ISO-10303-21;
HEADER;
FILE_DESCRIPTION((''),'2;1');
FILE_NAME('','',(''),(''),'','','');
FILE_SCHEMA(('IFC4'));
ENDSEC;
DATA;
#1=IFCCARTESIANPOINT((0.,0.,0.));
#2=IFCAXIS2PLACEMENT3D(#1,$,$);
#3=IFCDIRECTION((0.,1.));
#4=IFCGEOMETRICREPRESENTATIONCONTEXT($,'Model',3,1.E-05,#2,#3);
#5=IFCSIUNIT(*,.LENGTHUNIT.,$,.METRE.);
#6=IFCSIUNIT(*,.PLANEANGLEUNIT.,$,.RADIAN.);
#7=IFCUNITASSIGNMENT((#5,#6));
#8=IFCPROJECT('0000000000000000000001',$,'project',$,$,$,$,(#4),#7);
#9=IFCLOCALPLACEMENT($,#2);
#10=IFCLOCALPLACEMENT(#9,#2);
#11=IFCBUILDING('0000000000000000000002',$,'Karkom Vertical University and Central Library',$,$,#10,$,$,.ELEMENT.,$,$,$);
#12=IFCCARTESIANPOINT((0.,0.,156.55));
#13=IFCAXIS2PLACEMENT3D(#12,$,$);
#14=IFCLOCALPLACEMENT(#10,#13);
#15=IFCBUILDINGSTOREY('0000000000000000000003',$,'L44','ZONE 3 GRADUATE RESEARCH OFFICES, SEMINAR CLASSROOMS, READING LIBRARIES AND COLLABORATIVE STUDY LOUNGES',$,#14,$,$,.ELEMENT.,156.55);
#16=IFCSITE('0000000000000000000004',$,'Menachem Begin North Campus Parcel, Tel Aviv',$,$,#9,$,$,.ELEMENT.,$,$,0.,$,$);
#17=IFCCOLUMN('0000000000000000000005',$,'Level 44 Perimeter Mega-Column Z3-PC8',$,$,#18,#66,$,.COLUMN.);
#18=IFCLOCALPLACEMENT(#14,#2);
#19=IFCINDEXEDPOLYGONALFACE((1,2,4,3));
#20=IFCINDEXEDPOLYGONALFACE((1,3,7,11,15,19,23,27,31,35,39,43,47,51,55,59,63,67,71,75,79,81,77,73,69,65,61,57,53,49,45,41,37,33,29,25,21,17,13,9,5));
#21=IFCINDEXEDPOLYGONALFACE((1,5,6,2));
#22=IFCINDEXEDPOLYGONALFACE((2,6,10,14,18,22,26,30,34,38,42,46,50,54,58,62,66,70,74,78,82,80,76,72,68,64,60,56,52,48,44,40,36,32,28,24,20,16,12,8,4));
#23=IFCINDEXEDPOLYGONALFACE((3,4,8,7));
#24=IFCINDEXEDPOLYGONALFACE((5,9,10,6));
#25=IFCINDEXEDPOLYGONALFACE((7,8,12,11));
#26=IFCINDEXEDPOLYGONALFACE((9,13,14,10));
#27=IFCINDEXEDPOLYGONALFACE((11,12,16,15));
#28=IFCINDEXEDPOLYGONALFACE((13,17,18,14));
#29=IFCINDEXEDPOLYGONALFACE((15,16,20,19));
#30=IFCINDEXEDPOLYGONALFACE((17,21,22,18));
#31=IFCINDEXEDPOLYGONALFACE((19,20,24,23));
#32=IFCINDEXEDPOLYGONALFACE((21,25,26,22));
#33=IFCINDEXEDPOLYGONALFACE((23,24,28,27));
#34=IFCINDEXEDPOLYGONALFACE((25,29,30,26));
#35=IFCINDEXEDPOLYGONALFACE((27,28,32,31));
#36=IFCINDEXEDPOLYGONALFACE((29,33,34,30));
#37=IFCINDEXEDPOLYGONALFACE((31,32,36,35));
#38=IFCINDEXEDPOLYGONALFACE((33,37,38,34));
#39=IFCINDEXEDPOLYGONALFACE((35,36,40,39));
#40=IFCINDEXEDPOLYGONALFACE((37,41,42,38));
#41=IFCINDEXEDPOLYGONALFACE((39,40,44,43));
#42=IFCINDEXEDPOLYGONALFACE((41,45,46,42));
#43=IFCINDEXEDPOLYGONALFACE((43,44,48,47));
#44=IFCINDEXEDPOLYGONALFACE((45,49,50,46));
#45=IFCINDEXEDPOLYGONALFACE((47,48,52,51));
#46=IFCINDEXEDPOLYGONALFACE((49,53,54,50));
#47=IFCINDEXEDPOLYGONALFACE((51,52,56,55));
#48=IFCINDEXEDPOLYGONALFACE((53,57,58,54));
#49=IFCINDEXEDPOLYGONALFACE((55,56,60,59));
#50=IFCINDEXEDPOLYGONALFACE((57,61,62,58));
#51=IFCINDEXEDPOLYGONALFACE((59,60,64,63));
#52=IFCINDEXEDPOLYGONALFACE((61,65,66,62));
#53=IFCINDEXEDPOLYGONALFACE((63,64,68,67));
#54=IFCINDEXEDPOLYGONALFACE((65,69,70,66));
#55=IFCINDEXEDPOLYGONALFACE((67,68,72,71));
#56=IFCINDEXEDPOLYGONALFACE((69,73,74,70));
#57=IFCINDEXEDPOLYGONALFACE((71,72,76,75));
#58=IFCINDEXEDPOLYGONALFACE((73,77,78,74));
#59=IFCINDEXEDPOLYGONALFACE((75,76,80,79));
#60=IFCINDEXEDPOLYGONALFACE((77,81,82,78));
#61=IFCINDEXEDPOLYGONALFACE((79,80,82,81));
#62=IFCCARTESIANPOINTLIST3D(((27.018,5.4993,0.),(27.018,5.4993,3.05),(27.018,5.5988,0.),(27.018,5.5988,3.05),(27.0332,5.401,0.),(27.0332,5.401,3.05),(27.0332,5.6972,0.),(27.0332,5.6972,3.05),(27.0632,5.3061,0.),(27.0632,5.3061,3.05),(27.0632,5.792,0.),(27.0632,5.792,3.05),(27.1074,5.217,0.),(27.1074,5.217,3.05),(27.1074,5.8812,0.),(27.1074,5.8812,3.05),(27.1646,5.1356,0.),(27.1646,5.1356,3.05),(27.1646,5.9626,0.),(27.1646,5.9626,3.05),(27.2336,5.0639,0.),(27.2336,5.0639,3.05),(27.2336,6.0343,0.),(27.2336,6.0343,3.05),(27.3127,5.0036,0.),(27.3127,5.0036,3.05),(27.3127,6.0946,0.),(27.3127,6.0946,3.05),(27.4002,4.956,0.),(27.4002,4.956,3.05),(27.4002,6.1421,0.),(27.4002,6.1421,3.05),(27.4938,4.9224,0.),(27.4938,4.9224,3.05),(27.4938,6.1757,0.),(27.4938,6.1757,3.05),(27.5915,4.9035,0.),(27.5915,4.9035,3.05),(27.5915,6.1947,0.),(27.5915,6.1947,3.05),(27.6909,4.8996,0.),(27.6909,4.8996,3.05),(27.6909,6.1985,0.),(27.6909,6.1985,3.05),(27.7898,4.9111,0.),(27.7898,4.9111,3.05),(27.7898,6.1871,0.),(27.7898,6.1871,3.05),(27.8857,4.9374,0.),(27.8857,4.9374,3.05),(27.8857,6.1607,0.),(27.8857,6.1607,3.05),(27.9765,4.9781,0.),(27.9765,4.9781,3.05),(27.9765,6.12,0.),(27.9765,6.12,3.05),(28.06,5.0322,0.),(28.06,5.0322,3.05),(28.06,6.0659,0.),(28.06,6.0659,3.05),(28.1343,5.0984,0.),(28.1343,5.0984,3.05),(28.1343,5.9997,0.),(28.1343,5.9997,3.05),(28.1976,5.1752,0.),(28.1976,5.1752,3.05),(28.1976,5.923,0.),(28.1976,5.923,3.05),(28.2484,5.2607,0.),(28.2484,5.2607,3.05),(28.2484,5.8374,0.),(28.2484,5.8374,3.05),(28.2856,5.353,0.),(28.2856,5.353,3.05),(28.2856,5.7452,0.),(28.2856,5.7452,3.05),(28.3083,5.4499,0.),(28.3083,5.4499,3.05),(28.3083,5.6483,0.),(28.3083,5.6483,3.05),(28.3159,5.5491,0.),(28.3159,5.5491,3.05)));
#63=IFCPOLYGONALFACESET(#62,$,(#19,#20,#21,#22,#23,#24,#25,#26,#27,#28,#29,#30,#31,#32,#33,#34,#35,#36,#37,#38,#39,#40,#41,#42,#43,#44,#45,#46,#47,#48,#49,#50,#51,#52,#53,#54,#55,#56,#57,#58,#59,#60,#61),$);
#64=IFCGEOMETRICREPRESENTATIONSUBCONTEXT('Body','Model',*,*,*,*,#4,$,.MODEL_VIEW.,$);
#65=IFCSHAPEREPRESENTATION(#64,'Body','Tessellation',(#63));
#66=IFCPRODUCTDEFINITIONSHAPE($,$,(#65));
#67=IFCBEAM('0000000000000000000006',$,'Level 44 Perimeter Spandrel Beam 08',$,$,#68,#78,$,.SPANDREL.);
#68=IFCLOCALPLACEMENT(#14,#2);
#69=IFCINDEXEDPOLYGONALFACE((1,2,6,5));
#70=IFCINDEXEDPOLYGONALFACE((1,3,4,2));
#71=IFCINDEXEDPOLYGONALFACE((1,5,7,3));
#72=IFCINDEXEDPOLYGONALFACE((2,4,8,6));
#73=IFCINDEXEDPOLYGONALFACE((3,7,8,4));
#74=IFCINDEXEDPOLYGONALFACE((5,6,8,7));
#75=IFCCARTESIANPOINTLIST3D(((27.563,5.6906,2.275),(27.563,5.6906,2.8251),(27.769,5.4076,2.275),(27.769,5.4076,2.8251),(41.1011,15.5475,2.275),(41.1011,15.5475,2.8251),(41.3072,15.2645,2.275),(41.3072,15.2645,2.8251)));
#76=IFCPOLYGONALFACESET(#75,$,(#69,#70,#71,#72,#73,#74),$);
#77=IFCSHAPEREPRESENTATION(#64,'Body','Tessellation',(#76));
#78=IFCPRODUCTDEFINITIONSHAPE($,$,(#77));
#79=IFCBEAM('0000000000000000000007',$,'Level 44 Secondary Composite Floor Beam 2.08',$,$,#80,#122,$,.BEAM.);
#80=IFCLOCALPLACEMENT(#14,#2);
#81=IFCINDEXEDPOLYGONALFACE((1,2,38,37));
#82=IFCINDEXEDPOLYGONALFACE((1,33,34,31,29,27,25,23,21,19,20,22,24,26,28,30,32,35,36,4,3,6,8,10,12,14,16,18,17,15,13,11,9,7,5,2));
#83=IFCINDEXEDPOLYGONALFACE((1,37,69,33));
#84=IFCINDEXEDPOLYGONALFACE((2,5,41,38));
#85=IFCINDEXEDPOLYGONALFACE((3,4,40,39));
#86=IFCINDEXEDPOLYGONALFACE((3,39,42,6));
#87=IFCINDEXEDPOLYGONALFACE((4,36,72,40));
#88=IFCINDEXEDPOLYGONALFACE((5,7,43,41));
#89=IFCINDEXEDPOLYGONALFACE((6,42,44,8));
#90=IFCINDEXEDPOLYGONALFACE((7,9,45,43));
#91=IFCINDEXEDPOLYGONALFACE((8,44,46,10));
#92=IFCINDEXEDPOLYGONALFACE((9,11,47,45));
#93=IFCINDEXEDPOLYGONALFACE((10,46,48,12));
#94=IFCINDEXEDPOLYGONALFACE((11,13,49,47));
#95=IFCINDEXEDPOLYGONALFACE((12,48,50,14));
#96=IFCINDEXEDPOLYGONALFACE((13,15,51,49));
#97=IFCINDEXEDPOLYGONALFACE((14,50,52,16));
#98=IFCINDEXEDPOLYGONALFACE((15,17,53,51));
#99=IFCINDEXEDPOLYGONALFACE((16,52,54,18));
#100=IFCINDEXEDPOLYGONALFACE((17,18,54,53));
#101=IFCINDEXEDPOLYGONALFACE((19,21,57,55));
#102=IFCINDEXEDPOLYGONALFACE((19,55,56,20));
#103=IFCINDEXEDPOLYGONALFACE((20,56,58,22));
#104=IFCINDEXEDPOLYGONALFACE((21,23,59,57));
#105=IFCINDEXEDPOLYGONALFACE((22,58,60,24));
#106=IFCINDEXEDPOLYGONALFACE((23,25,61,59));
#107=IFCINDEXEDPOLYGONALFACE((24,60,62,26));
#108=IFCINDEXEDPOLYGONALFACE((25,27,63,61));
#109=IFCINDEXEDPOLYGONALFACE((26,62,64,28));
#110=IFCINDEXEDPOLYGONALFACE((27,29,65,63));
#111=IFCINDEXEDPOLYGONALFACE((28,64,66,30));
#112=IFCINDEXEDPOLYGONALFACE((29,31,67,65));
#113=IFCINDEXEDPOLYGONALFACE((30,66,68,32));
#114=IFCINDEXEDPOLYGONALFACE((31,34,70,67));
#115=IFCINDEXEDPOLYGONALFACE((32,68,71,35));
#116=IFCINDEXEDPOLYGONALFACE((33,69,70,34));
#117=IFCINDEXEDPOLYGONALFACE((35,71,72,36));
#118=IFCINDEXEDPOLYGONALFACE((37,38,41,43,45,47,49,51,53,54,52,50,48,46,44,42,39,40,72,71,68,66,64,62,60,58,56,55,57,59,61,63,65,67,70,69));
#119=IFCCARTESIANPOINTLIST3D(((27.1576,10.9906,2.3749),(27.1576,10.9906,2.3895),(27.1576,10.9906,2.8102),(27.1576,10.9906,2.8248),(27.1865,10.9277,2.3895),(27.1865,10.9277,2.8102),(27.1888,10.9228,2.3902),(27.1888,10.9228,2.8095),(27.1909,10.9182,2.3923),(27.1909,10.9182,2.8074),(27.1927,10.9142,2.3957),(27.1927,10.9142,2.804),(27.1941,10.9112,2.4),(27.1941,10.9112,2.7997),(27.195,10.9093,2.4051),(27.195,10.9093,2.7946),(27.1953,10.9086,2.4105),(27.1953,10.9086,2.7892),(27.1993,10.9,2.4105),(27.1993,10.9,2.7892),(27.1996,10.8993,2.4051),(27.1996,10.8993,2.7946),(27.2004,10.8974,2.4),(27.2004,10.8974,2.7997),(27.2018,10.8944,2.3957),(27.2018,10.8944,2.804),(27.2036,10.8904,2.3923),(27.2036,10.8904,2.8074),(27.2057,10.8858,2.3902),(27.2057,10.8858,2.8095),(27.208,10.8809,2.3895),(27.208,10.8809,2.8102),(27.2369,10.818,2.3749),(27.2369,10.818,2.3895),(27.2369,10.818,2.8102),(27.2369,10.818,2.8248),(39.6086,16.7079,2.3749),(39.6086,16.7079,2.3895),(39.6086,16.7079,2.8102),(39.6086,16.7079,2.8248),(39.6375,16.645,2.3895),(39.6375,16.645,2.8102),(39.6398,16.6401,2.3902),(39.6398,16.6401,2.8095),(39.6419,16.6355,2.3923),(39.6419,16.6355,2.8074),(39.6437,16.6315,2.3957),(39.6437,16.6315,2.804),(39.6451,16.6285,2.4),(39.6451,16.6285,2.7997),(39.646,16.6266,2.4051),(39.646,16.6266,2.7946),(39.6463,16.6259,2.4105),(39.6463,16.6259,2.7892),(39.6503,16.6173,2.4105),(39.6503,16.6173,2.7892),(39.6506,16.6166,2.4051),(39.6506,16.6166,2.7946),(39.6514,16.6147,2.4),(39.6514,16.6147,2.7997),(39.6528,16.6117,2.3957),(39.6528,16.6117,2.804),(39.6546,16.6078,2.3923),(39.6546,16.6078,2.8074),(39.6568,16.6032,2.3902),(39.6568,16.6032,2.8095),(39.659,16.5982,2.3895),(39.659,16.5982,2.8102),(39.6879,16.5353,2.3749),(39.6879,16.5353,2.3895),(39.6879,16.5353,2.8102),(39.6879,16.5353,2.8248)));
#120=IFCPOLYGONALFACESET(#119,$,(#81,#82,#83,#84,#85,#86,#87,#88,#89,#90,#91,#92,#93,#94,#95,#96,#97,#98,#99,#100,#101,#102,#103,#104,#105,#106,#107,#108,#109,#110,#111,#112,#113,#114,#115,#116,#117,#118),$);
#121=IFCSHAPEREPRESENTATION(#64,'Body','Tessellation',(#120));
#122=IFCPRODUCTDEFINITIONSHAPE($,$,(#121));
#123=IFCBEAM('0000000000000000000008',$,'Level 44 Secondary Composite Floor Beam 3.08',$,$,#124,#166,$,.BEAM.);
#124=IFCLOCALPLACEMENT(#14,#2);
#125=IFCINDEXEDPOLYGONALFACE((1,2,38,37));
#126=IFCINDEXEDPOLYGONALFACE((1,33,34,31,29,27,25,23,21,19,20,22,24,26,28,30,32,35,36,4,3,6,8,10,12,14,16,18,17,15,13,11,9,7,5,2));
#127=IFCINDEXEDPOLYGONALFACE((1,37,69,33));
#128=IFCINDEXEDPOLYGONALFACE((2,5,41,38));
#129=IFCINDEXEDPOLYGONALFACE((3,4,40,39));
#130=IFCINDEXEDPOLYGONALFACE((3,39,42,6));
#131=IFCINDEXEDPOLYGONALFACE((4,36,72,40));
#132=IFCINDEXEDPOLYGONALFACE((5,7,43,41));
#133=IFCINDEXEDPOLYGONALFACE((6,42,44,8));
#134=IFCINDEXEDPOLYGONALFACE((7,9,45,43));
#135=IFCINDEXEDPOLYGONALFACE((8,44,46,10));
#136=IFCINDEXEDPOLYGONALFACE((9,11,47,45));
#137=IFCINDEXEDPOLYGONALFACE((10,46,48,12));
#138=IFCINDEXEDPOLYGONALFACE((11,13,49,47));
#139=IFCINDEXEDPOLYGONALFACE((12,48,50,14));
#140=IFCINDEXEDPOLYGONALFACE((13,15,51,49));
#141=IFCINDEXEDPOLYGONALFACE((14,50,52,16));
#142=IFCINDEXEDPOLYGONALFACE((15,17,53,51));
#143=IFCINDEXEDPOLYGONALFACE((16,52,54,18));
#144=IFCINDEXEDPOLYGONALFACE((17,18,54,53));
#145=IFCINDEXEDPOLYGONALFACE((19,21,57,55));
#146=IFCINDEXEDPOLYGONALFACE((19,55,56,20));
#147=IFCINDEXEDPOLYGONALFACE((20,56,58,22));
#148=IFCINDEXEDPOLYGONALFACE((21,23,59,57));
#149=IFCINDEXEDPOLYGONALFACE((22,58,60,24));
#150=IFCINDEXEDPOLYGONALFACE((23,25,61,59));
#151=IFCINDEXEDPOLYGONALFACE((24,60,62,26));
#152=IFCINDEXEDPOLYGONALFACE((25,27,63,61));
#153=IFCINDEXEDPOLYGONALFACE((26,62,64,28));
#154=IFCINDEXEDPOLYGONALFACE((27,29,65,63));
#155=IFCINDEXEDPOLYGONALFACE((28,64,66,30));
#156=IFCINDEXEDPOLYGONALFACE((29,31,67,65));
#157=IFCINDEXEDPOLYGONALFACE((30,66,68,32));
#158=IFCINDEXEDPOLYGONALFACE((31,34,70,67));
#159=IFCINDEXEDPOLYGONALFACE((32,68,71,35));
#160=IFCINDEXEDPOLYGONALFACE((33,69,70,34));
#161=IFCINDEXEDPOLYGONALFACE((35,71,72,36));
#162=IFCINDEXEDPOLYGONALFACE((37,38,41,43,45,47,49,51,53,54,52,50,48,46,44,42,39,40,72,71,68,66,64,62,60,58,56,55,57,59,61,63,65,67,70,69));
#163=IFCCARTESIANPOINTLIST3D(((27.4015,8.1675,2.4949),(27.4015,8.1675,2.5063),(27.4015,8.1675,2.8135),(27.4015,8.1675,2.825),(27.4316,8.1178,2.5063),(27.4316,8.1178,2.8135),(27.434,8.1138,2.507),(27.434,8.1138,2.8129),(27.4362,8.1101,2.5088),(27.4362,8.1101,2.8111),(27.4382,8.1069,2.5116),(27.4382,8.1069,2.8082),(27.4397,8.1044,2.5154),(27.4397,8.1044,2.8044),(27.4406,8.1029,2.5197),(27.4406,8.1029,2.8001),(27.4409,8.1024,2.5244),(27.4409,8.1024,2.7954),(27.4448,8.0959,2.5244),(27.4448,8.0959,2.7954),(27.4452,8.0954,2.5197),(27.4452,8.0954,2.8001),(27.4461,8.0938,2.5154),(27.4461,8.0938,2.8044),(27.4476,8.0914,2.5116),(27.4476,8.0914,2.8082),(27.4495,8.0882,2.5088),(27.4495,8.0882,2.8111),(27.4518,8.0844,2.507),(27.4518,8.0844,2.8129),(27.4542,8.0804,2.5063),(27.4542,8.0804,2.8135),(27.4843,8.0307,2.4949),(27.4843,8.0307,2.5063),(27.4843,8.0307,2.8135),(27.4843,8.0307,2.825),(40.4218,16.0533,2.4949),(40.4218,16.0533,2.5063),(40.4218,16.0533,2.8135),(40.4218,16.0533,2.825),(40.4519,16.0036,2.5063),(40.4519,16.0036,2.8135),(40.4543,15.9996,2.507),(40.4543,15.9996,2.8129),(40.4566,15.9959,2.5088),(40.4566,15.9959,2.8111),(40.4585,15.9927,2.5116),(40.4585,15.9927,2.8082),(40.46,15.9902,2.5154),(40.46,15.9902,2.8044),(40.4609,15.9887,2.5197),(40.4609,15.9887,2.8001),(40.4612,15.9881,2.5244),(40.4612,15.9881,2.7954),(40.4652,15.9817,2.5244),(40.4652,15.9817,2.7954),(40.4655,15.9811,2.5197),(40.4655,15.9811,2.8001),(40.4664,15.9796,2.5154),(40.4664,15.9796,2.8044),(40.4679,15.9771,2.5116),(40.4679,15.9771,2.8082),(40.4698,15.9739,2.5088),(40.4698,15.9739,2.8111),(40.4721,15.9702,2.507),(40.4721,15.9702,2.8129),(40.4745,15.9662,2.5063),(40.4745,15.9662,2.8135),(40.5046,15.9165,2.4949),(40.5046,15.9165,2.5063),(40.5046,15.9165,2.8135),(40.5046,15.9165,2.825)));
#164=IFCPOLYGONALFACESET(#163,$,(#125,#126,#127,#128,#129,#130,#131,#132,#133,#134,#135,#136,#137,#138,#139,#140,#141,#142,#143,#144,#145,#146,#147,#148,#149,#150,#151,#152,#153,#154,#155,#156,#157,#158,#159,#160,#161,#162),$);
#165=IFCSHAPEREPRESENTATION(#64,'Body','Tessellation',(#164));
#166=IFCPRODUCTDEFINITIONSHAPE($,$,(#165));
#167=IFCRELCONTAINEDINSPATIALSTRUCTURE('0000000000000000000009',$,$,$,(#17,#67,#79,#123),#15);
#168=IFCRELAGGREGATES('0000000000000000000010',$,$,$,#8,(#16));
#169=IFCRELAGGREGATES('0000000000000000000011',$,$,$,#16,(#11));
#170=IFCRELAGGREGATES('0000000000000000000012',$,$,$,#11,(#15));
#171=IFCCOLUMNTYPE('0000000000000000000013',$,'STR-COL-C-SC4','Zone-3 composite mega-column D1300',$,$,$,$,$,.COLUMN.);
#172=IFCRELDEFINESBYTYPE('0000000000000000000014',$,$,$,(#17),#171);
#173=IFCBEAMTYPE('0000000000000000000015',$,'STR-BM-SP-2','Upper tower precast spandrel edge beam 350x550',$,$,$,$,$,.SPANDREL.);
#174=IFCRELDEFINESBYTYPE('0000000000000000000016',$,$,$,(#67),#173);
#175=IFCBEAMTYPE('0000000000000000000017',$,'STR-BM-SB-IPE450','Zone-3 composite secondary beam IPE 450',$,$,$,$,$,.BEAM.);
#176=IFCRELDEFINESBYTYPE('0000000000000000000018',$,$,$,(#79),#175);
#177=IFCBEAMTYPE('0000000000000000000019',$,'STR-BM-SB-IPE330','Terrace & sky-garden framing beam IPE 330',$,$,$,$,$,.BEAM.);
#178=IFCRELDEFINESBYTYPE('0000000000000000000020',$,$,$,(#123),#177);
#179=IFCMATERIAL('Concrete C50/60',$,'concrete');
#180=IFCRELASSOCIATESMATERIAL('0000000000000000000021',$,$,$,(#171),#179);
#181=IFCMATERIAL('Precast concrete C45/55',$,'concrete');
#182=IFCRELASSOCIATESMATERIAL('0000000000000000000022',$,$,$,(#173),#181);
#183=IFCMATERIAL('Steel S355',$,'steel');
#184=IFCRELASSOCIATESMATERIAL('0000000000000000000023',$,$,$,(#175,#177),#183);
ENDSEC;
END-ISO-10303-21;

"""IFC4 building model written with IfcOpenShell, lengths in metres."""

from ifc_helpers import new_model, si_unit, direction, frame, origin, origin_with_axes, origin_2d, place, context, subcontext, project, spatial, rectangle, circle, i_section, extrude, source, transform, mapped, material, material_profile, profile_set, type_object, element, save


model = new_model("IFC4")

# Units and contexts
model_context = context("Model", 3, precision=1e-05, world=origin(), true_north=direction((0.0, 1.0)))
body_context = subcontext(model_context, "Body", "Model", "MODEL_VIEW")
ifc_project = project(units=[si_unit("LENGTHUNIT", "METRE"), si_unit("PLANEANGLEUNIT", "RADIAN")], contexts=[model_context])

# Site, building, storey
site_placement = place(None, origin())
site = spatial("IfcSite", under=ifc_project, at=site_placement, Name="Menachem Begin North Campus Parcel, Tel Aviv", CompositionType="ELEMENT", RefElevation=0.0)
building_placement = place(site_placement, origin())
building = spatial("IfcBuilding", under=site, at=building_placement, Name="Karkom Vertical University and Central Library", CompositionType="ELEMENT")
storey_placement = place(building_placement, frame((0.0, 0.0, 156.55)))
storey = spatial("IfcBuildingStorey", under=building, at=storey_placement, Name="L44", Description="ZONE 3 GRADUATE RESEARCH OFFICES, SEMINAR CLASSROOMS, READING LIBRARIES AND COLLABORATIVE STUDY LOUNGES", CompositionType="ELEMENT", Elevation=156.55)

# Column
ifc_material_1 = material(Name="Concrete C50/60", Category="concrete")
ifc_material_profile_1 = material_profile(ifc_material_1, circle(Radius=0.6499, at=origin_2d()), Name="CFT-D1300")
ifc_profile_set_1 = profile_set([ifc_material_profile_1], Name="Concrete C50/60")
column_type = type_object("IfcColumnType", Name="STR-COL-C-SC4", Description="Zone-3 composite mega-column D1300", PredefinedType="COLUMN", material=ifc_profile_set_1)
shared_shape_1 = source(origin_with_axes(), body_context, "Body", "SweptSolid", [
    extrude(circle(Radius=0.6499, at=origin_2d()), origin(), (0.0, 0.0, 1.0), 3.05),
])
column_placement = place(storey_placement, frame((27.666, 5.5491, 0.0), z_axis=(0.0, 0.0, 1.0), x_axis=(1.0, 0.0, 0.0)))
element("IfcColumn", 1, at=column_placement, inside=storey, type_object=column_type, Name="Level 44 Perimeter Mega-Column Z3-PC8", PredefinedType="COLUMN", context=body_context, shape_type="MappedRepresentation", body=[
    mapped(shared_shape_1, transform((0.0, 0.0, 0.0), scale=1.0)),
])

# Beams
ifc_material_2 = material(Name="Precast concrete C45/55", Category="concrete")
ifc_material_profile_2 = material_profile(ifc_material_2, rectangle(XDim=0.3501, YDim=0.55, at=origin_2d()), Name="SPB-350x550")
ifc_profile_set_2 = profile_set([ifc_material_profile_2], Name="Precast concrete C45/55")
beam_type_1 = type_object("IfcBeamType", Name="STR-BM-SP-2", Description="Upper tower precast spandrel edge beam 350x550", PredefinedType="SPANDREL", material=ifc_profile_set_2)
shared_shape_2 = source(origin_with_axes(), body_context, "Body", "SweptSolid", [
    extrude(rectangle(XDim=0.3501, YDim=0.55, at=origin_2d()), origin(), (0.0, 0.0, 1.0), 16.7463),
])
beam_1_placement = place(storey_placement, frame((27.666, 5.5491, 2.55), z_axis=(0.808422, 0.588603, 0.0), x_axis=(-0.588603, 0.808422, 0.0)))
element("IfcBeam", 2, at=beam_1_placement, inside=storey, type_object=beam_type_1, Name="Level 44 Perimeter Spandrel Beam 08", PredefinedType="SPANDREL", context=body_context, shape_type="MappedRepresentation", body=[
    mapped(shared_shape_2, transform((0.0, 0.0, 0.0), scale=1.0)),
])
ifc_material_3 = material(Name="Steel S355", Category="steel")
ifc_material_profile_3 = material_profile(ifc_material_3, i_section(OverallWidth=0.1899, OverallDepth=0.45, WebThickness=0.0095, FlangeThickness=0.0146, FilletRadius=0.021, at=origin_2d()), Name="IPE 450")
ifc_profile_set_3 = profile_set([ifc_material_profile_3], Name="Steel S355")
beam_type_2 = type_object("IfcBeamType", Name="STR-BM-SB-IPE450", Description="Zone-3 composite secondary beam IPE 450", PredefinedType="BEAM", material=ifc_profile_set_3)
shared_shape_3 = source(origin_with_axes(), body_context, "Body", "SweptSolid", [
    extrude(i_section(OverallWidth=0.1899, OverallDepth=0.45, WebThickness=0.0095, FlangeThickness=0.0146, FilletRadius=0.021, at=origin_2d()), origin(), (0.0, 0.0, 1.0), 13.7009),
])
beam_2_placement = place(storey_placement, frame((27.1973, 10.9043, 2.5999), z_axis=(0.908771, 0.417295, 0.0), x_axis=(-0.417295, 0.908771, 0.0)))
element("IfcBeam", 3, at=beam_2_placement, inside=storey, type_object=beam_type_2, Name="Level 44 Secondary Composite Floor Beam 2.08", PredefinedType="BEAM", context=body_context, shape_type="MappedRepresentation", body=[
    mapped(shared_shape_3, transform((0.0, 0.0, 0.0), scale=1.0)),
])
ifc_material_profile_4 = material_profile(ifc_material_3, i_section(OverallWidth=0.1599, OverallDepth=0.3301, WebThickness=0.0076, FlangeThickness=0.0115, FilletRadius=0.0181, at=origin_2d()), Name="IPE 330")
ifc_profile_set_4 = profile_set([ifc_material_profile_4], Name="Steel S355")
beam_type_3 = type_object("IfcBeamType", Name="STR-BM-SB-IPE330", Description="Terrace & sky-garden framing beam IPE 330", PredefinedType="BEAM", material=ifc_profile_set_4)
shared_shape_4 = source(origin_with_axes(), body_context, "Body", "SweptSolid", [
    extrude(i_section(OverallWidth=0.1599, OverallDepth=0.3301, WebThickness=0.0076, FlangeThickness=0.0115, FilletRadius=0.0181, at=origin_2d()), origin(), (0.0, 0.0, 1.0), 15.2222),
])
beam_3_placement = place(storey_placement, frame((27.4429, 8.0991, 2.6599), z_axis=(0.855353, 0.518046, 0.0), x_axis=(-0.518046, 0.855353, 0.0)))
element("IfcBeam", 4, at=beam_3_placement, inside=storey, type_object=beam_type_3, Name="Level 44 Secondary Composite Floor Beam 3.08", PredefinedType="BEAM", context=body_context, shape_type="MappedRepresentation", body=[
    mapped(shared_shape_4, transform((0.0, 0.0, 0.0), scale=1.0)),
])

save(model, "model.ifc")
